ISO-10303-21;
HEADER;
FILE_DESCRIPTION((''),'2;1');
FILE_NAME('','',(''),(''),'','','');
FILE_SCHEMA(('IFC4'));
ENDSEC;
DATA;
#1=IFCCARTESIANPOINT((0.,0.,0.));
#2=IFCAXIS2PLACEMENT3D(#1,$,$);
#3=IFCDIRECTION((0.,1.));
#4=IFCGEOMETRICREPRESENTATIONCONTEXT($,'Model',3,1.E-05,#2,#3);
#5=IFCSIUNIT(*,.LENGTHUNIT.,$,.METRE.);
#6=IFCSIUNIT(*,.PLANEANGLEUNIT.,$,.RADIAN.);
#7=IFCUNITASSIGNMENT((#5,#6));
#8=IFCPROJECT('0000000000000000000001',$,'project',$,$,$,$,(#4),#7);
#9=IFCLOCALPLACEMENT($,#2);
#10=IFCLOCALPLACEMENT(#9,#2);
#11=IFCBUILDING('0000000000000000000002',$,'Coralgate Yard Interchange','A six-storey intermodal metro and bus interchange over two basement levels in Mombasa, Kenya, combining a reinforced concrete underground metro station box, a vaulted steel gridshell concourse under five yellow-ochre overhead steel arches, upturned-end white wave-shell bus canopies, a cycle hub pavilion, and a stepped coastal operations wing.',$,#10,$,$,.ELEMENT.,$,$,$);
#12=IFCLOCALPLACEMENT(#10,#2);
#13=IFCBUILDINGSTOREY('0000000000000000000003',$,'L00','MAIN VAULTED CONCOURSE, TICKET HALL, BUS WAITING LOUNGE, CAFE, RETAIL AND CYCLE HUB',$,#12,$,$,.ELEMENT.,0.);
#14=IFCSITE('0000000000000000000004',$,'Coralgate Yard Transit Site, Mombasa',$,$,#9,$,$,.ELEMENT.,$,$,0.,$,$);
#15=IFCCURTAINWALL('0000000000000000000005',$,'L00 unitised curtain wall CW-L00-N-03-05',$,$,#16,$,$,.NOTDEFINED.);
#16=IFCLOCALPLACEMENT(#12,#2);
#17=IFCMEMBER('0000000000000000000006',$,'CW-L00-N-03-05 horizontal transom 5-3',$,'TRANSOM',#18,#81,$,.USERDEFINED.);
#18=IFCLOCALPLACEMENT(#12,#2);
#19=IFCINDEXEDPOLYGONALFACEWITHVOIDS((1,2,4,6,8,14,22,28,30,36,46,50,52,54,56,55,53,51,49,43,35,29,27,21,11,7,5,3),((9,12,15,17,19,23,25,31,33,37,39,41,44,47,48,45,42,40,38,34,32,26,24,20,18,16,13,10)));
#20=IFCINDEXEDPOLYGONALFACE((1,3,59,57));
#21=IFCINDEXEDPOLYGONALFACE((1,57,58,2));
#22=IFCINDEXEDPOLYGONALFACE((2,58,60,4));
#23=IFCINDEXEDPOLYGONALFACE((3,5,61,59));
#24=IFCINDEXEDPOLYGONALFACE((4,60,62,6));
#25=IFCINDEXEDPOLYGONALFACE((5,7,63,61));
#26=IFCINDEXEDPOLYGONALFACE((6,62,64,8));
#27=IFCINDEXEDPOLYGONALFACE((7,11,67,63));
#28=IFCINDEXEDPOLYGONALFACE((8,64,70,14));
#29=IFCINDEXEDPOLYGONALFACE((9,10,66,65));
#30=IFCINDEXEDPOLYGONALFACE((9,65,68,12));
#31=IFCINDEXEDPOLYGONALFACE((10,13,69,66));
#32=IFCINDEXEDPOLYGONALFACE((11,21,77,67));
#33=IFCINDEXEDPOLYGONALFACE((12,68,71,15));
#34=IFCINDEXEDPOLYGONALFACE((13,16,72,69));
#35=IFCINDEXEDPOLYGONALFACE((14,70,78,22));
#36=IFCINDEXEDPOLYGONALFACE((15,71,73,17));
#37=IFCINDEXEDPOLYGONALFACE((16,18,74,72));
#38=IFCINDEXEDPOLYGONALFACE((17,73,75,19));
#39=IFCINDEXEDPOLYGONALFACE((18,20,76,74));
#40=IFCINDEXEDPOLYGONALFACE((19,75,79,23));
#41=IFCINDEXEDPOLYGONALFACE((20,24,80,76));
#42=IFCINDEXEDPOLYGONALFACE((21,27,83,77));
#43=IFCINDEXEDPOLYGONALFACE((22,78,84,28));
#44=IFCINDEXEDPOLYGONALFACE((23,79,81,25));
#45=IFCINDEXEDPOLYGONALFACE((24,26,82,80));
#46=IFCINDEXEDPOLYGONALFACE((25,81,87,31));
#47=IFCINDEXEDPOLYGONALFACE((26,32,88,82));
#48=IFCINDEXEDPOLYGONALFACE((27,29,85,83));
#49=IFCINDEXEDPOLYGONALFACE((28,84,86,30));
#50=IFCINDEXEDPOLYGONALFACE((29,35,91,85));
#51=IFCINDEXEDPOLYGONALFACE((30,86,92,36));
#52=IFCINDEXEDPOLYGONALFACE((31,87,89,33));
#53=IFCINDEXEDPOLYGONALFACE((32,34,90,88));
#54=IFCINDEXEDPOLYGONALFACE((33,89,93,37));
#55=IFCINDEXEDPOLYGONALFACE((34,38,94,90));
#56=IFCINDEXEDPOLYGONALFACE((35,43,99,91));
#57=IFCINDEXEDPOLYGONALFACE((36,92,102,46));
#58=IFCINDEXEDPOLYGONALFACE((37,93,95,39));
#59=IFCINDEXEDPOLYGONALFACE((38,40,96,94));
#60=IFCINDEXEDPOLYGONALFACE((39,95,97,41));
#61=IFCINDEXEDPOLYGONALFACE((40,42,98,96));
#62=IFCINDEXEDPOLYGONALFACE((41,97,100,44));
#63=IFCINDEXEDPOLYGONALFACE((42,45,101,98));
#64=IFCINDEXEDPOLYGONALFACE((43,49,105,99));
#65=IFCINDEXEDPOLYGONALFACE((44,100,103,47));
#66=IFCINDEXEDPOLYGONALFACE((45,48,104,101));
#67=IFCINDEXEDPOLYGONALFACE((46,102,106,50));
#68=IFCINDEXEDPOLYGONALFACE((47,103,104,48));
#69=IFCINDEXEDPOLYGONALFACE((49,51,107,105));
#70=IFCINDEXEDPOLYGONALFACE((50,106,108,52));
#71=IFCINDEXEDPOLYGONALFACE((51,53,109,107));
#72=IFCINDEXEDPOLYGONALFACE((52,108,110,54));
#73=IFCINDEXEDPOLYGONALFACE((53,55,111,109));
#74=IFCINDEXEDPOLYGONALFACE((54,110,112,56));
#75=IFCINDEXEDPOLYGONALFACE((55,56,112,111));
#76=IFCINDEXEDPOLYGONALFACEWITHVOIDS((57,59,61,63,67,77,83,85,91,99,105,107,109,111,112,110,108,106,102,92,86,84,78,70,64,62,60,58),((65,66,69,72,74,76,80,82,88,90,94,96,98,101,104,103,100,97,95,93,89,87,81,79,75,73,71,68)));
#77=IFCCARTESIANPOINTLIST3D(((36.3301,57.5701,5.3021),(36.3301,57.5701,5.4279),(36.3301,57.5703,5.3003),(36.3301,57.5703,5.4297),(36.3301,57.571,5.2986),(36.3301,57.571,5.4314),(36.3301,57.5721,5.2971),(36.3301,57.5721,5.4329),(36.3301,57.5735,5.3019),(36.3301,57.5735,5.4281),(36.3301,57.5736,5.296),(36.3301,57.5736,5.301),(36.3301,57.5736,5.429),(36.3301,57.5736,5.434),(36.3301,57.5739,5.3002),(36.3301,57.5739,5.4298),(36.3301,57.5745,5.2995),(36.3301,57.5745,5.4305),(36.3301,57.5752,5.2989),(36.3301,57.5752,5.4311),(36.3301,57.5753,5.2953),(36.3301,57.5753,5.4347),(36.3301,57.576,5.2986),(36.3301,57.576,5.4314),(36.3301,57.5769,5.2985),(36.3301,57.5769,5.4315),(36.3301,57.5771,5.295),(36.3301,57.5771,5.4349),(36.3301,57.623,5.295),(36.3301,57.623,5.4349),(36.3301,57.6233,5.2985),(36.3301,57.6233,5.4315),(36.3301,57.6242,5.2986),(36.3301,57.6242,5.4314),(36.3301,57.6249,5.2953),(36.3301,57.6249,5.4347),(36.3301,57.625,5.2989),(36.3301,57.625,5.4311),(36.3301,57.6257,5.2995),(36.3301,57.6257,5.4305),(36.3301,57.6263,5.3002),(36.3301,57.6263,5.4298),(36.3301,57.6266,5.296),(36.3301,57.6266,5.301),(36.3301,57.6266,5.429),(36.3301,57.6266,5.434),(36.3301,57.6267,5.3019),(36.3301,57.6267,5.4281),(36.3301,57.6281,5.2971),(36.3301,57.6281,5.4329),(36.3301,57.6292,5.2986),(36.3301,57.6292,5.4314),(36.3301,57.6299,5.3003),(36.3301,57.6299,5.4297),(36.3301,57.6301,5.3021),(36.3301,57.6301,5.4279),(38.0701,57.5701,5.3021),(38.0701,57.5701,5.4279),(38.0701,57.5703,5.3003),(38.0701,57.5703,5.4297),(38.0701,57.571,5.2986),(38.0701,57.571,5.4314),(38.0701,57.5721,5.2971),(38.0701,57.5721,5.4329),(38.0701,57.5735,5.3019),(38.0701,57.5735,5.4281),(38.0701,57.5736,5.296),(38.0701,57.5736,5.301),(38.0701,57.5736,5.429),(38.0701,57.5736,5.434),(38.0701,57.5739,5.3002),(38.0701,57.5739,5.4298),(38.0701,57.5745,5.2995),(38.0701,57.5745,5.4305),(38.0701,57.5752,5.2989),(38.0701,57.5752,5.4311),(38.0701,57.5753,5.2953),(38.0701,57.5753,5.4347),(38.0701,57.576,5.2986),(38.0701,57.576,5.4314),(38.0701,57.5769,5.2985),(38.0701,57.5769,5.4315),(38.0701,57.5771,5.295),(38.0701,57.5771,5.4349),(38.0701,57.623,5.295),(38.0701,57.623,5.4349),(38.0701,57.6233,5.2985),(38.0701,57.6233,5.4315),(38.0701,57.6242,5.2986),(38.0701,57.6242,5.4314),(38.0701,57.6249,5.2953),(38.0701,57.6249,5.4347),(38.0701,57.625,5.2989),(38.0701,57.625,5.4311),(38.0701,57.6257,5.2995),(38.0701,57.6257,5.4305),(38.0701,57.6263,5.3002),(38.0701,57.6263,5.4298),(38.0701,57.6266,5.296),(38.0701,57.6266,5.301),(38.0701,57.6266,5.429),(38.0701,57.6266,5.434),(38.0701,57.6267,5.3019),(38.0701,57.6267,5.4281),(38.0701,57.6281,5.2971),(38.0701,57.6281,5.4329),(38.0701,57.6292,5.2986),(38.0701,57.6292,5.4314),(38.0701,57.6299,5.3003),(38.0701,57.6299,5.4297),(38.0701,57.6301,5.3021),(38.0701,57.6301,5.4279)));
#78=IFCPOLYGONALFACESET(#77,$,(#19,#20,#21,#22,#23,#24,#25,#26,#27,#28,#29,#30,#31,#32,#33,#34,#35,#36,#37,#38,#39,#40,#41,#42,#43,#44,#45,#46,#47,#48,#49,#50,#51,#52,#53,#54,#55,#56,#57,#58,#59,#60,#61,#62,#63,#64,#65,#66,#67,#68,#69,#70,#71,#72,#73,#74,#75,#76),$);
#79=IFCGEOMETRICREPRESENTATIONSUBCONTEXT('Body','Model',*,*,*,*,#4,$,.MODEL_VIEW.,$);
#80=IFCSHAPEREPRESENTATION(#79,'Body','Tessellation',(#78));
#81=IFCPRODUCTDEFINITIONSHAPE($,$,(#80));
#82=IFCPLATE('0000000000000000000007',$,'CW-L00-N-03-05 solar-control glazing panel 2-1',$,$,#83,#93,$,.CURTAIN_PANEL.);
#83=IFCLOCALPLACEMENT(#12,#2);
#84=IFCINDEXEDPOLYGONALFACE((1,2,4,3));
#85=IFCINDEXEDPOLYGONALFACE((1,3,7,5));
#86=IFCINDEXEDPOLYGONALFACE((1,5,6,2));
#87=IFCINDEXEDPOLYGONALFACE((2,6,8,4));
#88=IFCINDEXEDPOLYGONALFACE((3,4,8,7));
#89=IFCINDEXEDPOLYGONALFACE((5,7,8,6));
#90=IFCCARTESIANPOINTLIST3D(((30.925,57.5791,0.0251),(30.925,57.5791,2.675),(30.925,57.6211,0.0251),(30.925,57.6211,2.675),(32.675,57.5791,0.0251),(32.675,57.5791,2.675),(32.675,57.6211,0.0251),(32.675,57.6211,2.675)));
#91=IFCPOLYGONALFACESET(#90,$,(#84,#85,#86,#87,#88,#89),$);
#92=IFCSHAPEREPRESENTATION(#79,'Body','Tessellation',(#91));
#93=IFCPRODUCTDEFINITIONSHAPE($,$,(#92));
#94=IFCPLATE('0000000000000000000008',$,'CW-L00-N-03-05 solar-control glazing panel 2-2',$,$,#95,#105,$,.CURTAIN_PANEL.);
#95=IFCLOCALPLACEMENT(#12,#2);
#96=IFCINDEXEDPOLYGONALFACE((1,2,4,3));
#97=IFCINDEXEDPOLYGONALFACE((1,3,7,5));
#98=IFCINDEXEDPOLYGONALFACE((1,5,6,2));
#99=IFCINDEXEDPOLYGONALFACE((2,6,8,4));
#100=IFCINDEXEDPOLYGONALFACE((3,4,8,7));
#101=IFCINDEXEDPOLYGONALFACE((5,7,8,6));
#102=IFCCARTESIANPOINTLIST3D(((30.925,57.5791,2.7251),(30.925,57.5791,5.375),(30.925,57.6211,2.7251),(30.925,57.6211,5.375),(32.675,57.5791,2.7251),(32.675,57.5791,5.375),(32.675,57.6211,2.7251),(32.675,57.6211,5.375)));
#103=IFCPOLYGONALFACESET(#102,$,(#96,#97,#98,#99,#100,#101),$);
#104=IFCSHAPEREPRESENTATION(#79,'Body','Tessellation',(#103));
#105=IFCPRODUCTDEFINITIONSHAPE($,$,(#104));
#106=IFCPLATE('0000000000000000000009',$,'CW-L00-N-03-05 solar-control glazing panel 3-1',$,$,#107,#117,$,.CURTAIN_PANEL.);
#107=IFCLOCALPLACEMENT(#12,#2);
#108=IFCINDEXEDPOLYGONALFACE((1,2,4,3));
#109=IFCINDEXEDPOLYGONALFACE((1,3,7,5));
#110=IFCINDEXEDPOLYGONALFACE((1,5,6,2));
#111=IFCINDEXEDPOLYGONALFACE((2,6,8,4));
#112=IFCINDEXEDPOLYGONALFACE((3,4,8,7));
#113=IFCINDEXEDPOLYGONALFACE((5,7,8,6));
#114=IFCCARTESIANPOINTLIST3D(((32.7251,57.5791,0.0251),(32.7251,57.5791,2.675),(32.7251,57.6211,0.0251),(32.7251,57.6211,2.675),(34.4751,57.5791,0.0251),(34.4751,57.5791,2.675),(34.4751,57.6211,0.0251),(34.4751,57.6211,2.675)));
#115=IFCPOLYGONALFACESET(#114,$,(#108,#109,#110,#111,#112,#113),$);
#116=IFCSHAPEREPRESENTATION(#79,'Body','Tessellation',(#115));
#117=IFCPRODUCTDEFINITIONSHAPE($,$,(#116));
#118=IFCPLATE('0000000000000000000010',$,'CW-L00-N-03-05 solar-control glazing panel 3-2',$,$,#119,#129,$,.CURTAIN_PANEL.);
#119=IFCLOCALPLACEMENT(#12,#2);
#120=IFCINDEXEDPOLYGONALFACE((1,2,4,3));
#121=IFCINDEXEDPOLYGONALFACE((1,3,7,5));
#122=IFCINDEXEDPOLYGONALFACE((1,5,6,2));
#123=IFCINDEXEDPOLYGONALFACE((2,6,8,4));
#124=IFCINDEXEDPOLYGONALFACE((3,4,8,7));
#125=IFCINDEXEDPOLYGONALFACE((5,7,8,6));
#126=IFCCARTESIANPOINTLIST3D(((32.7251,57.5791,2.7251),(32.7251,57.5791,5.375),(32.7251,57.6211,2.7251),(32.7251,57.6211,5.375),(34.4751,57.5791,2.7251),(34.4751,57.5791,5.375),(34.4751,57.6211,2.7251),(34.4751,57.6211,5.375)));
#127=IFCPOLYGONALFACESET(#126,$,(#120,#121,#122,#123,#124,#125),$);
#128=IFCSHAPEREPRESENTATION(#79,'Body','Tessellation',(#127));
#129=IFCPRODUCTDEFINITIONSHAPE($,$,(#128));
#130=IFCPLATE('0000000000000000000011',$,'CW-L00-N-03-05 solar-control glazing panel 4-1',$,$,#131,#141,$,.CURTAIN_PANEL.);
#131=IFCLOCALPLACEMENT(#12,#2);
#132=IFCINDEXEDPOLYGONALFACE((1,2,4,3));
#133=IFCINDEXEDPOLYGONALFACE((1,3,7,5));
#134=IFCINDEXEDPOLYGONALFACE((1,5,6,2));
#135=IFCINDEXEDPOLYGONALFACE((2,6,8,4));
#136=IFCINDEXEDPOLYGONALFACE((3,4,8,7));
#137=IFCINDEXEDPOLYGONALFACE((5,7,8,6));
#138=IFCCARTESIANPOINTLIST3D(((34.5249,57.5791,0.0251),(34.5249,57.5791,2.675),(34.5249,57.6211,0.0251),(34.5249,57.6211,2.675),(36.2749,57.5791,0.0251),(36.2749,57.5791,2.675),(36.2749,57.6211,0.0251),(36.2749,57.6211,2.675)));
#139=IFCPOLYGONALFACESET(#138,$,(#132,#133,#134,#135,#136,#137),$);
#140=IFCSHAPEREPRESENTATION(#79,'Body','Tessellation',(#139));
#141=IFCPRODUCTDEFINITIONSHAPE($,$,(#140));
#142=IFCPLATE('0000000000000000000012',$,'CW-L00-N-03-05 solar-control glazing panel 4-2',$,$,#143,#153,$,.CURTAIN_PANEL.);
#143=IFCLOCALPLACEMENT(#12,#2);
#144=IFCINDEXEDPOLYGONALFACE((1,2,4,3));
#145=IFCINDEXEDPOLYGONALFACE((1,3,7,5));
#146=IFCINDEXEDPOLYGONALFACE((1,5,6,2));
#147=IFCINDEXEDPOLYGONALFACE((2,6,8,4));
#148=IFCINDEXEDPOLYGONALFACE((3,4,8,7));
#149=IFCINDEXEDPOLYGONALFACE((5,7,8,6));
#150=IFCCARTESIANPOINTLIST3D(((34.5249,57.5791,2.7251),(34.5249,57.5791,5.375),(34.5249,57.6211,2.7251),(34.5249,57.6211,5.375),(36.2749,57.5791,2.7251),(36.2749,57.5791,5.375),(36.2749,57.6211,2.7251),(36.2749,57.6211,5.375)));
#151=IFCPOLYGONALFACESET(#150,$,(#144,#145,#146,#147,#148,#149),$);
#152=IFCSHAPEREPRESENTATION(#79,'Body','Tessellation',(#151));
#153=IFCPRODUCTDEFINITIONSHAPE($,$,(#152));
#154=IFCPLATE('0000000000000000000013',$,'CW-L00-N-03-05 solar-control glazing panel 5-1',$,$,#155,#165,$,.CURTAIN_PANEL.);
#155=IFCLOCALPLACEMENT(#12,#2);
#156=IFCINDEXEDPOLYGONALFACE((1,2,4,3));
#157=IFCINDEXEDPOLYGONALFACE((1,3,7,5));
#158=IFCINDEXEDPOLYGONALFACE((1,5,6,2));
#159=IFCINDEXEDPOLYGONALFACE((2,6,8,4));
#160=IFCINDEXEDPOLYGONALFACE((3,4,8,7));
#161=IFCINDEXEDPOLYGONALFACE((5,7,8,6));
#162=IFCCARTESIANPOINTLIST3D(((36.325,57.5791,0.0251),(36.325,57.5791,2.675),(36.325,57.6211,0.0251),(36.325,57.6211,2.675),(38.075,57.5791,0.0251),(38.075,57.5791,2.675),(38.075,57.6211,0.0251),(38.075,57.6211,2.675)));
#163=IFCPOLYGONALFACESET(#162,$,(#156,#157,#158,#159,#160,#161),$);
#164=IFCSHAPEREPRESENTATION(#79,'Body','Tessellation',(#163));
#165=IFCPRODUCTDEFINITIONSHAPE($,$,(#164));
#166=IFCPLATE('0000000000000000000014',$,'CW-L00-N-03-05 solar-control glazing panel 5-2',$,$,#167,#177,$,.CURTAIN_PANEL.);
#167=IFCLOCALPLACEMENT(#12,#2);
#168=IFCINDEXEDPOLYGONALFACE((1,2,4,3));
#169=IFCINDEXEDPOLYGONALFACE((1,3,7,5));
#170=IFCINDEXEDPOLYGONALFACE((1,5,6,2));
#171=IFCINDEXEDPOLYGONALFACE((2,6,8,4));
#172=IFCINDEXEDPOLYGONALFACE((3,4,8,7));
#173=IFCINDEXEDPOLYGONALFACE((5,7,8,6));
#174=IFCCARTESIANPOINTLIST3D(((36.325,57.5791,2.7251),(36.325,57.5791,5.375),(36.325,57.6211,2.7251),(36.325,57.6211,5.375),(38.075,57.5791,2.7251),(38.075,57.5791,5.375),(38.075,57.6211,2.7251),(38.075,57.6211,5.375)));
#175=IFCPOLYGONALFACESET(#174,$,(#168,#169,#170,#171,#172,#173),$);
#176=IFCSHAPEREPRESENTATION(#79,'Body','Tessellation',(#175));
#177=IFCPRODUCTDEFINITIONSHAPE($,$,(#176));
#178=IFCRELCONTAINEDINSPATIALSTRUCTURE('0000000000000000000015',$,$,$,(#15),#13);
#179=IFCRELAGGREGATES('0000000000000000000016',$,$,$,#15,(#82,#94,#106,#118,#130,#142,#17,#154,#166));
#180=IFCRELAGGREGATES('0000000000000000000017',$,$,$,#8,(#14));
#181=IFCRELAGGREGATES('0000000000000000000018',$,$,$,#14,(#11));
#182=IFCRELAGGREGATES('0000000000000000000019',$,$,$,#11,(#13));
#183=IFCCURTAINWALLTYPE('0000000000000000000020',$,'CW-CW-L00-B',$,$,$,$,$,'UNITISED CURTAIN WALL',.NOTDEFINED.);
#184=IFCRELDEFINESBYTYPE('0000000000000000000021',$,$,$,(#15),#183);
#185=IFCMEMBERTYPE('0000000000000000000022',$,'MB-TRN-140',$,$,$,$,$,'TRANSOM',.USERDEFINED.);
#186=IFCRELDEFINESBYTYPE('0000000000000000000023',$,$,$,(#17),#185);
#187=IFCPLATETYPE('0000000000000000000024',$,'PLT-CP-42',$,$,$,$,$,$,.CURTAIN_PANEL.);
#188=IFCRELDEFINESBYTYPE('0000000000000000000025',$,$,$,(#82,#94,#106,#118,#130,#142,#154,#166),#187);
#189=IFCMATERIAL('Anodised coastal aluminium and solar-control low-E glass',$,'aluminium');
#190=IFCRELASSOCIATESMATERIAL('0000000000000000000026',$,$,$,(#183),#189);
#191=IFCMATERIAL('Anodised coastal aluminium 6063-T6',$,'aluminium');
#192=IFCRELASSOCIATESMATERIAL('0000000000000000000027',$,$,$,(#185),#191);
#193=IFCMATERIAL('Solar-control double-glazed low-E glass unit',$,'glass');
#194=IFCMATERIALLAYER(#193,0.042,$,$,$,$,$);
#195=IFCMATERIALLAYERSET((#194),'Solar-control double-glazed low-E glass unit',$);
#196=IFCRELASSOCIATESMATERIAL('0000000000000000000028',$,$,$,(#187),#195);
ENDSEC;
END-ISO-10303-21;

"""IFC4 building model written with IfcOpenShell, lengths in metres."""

from ifc_helpers import new_model, si_unit, direction, frame, origin, origin_2d, place, context, subcontext, project, spatial, rectangle, hollow_rectangle, extrude, material, layer, layer_set, material_profile, profile_set, type_object, element, aggregate, save


model = new_model("IFC4")

# Units and contexts
model_context = context("Model", 3, precision=1e-05, world=origin(), true_north=direction((0.0, 1.0)))
body_context = subcontext(model_context, "Body", "Model", "MODEL_VIEW")
ifc_project = project(units=[si_unit("LENGTHUNIT", "METRE"), si_unit("PLANEANGLEUNIT", "RADIAN")], contexts=[model_context])

# Site, building, storey
site_placement = place(None, origin())
site = spatial("IfcSite", under=ifc_project, at=site_placement, Name="Coralgate Yard Transit Site, Mombasa", CompositionType="ELEMENT", RefElevation=0.0)
building_placement = place(site_placement, origin())
building = spatial("IfcBuilding", under=site, at=building_placement, Name="Coralgate Yard Interchange", Description="A six-storey intermodal metro and bus interchange over two basement levels in Mombasa, Kenya, combining a reinforced concrete underground metro station box, a vaulted steel gridshell concourse under five yellow-ochre overhead steel arches, upturned-end white wave-shell bus canopies, a cycle hub pavilion, and a stepped coastal operations wing.", CompositionType="ELEMENT")
storey_placement = place(building_placement, origin())
storey = spatial("IfcBuildingStorey", under=building, at=storey_placement, Name="L00", Description="MAIN VAULTED CONCOURSE, TICKET HALL, BUS WAITING LOUNGE, CAFE, RETAIL AND CYCLE HUB", CompositionType="ELEMENT", Elevation=0.0)

# Curtain wall, member, plates
ifc_material_1 = material(Name="Anodised coastal aluminium and solar-control low-E glass", Category="aluminium")
curtain_wall_type = type_object("IfcCurtainWallType", Name="CW-CW-L00-B", ElementType="UNITISED CURTAIN WALL", PredefinedType="NOTDEFINED", material=ifc_material_1)
curtain_wall_placement = place(storey_placement, origin())
curtain_wall = element("IfcCurtainWall", 1, at=curtain_wall_placement, inside=storey, type_object=curtain_wall_type, Name="L00 unitised curtain wall CW-L00-N-03-05", PredefinedType="NOTDEFINED")
ifc_material_2 = material(Name="Anodised coastal aluminium 6063-T6", Category="aluminium")
ifc_material_profile_1 = material_profile(ifc_material_2, hollow_rectangle(XDim=0.0601, YDim=0.1399, WallThickness=0.0034, InnerFilletRadius=0.0034, OuterFilletRadius=0.0071, at=origin_2d()), Name="ALU 60x140x3.5")
ifc_profile_set_1 = profile_set([ifc_material_profile_1], Name="Anodised coastal aluminium 6063-T6")
member_type_1 = type_object("IfcMemberType", Name="MB-TRN-140", ElementType="TRANSOM", PredefinedType="USERDEFINED", material=ifc_profile_set_1)
member_1_placement = place(storey_placement, frame((36.3301, 57.6001, 5.365), z_axis=(1.0, 0.0, 0.0), x_axis=(0.0, 1.0, 0.0)))
member_1 = element("IfcMember", 2, at=member_1_placement, type_object=member_type_1, Name="CW-L00-N-03-05 horizontal transom 5-3", ObjectType="TRANSOM", PredefinedType="USERDEFINED", context=body_context, shape_type="SweptSolid", body=[
    extrude(hollow_rectangle(XDim=0.0601, YDim=0.1399, WallThickness=0.0034, InnerFilletRadius=0.0034, OuterFilletRadius=0.0071, at=origin_2d()), origin(), (0.0, 0.0, 1.0), 1.74),
])
ifc_material_3 = material(Name="Solar-control double-glazed low-E glass unit", Category="glass")
ifc_layer = layer(ifc_material_3, 0.042)
ifc_layer_set = layer_set([ifc_layer], Name="Solar-control double-glazed low-E glass unit")
plate_type = type_object("IfcPlateType", Name="PLT-CP-42", PredefinedType="CURTAIN_PANEL", material=ifc_layer_set)
plate_1_placement = place(storey_placement, frame((31.8, 57.6001, 0.0251), z_axis=(0.0, 0.0, 1.0), x_axis=(1.0, 0.0, 0.0)))
plate_1 = element("IfcPlate", 3, at=plate_1_placement, type_object=plate_type, Name="CW-L00-N-03-05 solar-control glazing panel 2-1", PredefinedType="CURTAIN_PANEL", context=body_context, shape_type="SweptSolid", body=[
    extrude(rectangle(XDim=1.75, YDim=0.042, at=origin_2d()), origin(), (0.0, 0.0, 1.0), 2.6499),
])
plate_2_placement = place(storey_placement, frame((31.8, 57.6001, 2.7251), z_axis=(0.0, 0.0, 1.0), x_axis=(1.0, 0.0, 0.0)))
plate_2 = element("IfcPlate", 4, at=plate_2_placement, type_object=plate_type, Name="CW-L00-N-03-05 solar-control glazing panel 2-2", PredefinedType="CURTAIN_PANEL", context=body_context, shape_type="SweptSolid", body=[
    extrude(rectangle(XDim=1.75, YDim=0.042, at=origin_2d()), origin(), (0.0, 0.0, 1.0), 2.6499),
])
plate_3_placement = place(storey_placement, frame((33.6001, 57.6001, 0.0251), z_axis=(0.0, 0.0, 1.0), x_axis=(1.0, 0.0, 0.0)))
plate_3 = element("IfcPlate", 5, at=plate_3_placement, type_object=plate_type, Name="CW-L00-N-03-05 solar-control glazing panel 3-1", PredefinedType="CURTAIN_PANEL", context=body_context, shape_type="SweptSolid", body=[
    extrude(rectangle(XDim=1.75, YDim=0.042, at=origin_2d()), origin(), (0.0, 0.0, 1.0), 2.6499),
])
plate_4_placement = place(storey_placement, frame((33.6001, 57.6001, 2.7251), z_axis=(0.0, 0.0, 1.0), x_axis=(1.0, 0.0, 0.0)))
plate_4 = element("IfcPlate", 6, at=plate_4_placement, type_object=plate_type, Name="CW-L00-N-03-05 solar-control glazing panel 3-2", PredefinedType="CURTAIN_PANEL", context=body_context, shape_type="SweptSolid", body=[
    extrude(rectangle(XDim=1.75, YDim=0.042, at=origin_2d()), origin(), (0.0, 0.0, 1.0), 2.6499),
])
plate_5_placement = place(storey_placement, frame((35.3999, 57.6001, 0.0251), z_axis=(0.0, 0.0, 1.0), x_axis=(1.0, 0.0, 0.0)))
plate_5 = element("IfcPlate", 7, at=plate_5_placement, type_object=plate_type, Name="CW-L00-N-03-05 solar-control glazing panel 4-1", PredefinedType="CURTAIN_PANEL", context=body_context, shape_type="SweptSolid", body=[
    extrude(rectangle(XDim=1.75, YDim=0.042, at=origin_2d()), origin(), (0.0, 0.0, 1.0), 2.6499),
])
plate_6_placement = place(storey_placement, frame((35.3999, 57.6001, 2.7251), z_axis=(0.0, 0.0, 1.0), x_axis=(1.0, 0.0, 0.0)))
plate_6 = element("IfcPlate", 8, at=plate_6_placement, type_object=plate_type, Name="CW-L00-N-03-05 solar-control glazing panel 4-2", PredefinedType="CURTAIN_PANEL", context=body_context, shape_type="SweptSolid", body=[
    extrude(rectangle(XDim=1.75, YDim=0.042, at=origin_2d()), origin(), (0.0, 0.0, 1.0), 2.6499),
])
plate_7_placement = place(storey_placement, frame((37.2, 57.6001, 0.0251), z_axis=(0.0, 0.0, 1.0), x_axis=(1.0, 0.0, 0.0)))
plate_7 = element("IfcPlate", 9, at=plate_7_placement, type_object=plate_type, Name="CW-L00-N-03-05 solar-control glazing panel 5-1", PredefinedType="CURTAIN_PANEL", context=body_context, shape_type="SweptSolid", body=[
    extrude(rectangle(XDim=1.75, YDim=0.042, at=origin_2d()), origin(), (0.0, 0.0, 1.0), 2.6499),
])
plate_8_placement = place(storey_placement, frame((37.2, 57.6001, 2.7251), z_axis=(0.0, 0.0, 1.0), x_axis=(1.0, 0.0, 0.0)))
plate_8 = element("IfcPlate", 10, at=plate_8_placement, type_object=plate_type, Name="CW-L00-N-03-05 solar-control glazing panel 5-2", PredefinedType="CURTAIN_PANEL", context=body_context, shape_type="SweptSolid", body=[
    extrude(rectangle(XDim=1.75, YDim=0.042, at=origin_2d()), origin(), (0.0, 0.0, 1.0), 2.6499),
])
aggregate(curtain_wall, [plate_1, plate_2, plate_3, plate_4, plate_5, plate_6, member_1, plate_7, plate_8])

save(model, "model.ifc")
